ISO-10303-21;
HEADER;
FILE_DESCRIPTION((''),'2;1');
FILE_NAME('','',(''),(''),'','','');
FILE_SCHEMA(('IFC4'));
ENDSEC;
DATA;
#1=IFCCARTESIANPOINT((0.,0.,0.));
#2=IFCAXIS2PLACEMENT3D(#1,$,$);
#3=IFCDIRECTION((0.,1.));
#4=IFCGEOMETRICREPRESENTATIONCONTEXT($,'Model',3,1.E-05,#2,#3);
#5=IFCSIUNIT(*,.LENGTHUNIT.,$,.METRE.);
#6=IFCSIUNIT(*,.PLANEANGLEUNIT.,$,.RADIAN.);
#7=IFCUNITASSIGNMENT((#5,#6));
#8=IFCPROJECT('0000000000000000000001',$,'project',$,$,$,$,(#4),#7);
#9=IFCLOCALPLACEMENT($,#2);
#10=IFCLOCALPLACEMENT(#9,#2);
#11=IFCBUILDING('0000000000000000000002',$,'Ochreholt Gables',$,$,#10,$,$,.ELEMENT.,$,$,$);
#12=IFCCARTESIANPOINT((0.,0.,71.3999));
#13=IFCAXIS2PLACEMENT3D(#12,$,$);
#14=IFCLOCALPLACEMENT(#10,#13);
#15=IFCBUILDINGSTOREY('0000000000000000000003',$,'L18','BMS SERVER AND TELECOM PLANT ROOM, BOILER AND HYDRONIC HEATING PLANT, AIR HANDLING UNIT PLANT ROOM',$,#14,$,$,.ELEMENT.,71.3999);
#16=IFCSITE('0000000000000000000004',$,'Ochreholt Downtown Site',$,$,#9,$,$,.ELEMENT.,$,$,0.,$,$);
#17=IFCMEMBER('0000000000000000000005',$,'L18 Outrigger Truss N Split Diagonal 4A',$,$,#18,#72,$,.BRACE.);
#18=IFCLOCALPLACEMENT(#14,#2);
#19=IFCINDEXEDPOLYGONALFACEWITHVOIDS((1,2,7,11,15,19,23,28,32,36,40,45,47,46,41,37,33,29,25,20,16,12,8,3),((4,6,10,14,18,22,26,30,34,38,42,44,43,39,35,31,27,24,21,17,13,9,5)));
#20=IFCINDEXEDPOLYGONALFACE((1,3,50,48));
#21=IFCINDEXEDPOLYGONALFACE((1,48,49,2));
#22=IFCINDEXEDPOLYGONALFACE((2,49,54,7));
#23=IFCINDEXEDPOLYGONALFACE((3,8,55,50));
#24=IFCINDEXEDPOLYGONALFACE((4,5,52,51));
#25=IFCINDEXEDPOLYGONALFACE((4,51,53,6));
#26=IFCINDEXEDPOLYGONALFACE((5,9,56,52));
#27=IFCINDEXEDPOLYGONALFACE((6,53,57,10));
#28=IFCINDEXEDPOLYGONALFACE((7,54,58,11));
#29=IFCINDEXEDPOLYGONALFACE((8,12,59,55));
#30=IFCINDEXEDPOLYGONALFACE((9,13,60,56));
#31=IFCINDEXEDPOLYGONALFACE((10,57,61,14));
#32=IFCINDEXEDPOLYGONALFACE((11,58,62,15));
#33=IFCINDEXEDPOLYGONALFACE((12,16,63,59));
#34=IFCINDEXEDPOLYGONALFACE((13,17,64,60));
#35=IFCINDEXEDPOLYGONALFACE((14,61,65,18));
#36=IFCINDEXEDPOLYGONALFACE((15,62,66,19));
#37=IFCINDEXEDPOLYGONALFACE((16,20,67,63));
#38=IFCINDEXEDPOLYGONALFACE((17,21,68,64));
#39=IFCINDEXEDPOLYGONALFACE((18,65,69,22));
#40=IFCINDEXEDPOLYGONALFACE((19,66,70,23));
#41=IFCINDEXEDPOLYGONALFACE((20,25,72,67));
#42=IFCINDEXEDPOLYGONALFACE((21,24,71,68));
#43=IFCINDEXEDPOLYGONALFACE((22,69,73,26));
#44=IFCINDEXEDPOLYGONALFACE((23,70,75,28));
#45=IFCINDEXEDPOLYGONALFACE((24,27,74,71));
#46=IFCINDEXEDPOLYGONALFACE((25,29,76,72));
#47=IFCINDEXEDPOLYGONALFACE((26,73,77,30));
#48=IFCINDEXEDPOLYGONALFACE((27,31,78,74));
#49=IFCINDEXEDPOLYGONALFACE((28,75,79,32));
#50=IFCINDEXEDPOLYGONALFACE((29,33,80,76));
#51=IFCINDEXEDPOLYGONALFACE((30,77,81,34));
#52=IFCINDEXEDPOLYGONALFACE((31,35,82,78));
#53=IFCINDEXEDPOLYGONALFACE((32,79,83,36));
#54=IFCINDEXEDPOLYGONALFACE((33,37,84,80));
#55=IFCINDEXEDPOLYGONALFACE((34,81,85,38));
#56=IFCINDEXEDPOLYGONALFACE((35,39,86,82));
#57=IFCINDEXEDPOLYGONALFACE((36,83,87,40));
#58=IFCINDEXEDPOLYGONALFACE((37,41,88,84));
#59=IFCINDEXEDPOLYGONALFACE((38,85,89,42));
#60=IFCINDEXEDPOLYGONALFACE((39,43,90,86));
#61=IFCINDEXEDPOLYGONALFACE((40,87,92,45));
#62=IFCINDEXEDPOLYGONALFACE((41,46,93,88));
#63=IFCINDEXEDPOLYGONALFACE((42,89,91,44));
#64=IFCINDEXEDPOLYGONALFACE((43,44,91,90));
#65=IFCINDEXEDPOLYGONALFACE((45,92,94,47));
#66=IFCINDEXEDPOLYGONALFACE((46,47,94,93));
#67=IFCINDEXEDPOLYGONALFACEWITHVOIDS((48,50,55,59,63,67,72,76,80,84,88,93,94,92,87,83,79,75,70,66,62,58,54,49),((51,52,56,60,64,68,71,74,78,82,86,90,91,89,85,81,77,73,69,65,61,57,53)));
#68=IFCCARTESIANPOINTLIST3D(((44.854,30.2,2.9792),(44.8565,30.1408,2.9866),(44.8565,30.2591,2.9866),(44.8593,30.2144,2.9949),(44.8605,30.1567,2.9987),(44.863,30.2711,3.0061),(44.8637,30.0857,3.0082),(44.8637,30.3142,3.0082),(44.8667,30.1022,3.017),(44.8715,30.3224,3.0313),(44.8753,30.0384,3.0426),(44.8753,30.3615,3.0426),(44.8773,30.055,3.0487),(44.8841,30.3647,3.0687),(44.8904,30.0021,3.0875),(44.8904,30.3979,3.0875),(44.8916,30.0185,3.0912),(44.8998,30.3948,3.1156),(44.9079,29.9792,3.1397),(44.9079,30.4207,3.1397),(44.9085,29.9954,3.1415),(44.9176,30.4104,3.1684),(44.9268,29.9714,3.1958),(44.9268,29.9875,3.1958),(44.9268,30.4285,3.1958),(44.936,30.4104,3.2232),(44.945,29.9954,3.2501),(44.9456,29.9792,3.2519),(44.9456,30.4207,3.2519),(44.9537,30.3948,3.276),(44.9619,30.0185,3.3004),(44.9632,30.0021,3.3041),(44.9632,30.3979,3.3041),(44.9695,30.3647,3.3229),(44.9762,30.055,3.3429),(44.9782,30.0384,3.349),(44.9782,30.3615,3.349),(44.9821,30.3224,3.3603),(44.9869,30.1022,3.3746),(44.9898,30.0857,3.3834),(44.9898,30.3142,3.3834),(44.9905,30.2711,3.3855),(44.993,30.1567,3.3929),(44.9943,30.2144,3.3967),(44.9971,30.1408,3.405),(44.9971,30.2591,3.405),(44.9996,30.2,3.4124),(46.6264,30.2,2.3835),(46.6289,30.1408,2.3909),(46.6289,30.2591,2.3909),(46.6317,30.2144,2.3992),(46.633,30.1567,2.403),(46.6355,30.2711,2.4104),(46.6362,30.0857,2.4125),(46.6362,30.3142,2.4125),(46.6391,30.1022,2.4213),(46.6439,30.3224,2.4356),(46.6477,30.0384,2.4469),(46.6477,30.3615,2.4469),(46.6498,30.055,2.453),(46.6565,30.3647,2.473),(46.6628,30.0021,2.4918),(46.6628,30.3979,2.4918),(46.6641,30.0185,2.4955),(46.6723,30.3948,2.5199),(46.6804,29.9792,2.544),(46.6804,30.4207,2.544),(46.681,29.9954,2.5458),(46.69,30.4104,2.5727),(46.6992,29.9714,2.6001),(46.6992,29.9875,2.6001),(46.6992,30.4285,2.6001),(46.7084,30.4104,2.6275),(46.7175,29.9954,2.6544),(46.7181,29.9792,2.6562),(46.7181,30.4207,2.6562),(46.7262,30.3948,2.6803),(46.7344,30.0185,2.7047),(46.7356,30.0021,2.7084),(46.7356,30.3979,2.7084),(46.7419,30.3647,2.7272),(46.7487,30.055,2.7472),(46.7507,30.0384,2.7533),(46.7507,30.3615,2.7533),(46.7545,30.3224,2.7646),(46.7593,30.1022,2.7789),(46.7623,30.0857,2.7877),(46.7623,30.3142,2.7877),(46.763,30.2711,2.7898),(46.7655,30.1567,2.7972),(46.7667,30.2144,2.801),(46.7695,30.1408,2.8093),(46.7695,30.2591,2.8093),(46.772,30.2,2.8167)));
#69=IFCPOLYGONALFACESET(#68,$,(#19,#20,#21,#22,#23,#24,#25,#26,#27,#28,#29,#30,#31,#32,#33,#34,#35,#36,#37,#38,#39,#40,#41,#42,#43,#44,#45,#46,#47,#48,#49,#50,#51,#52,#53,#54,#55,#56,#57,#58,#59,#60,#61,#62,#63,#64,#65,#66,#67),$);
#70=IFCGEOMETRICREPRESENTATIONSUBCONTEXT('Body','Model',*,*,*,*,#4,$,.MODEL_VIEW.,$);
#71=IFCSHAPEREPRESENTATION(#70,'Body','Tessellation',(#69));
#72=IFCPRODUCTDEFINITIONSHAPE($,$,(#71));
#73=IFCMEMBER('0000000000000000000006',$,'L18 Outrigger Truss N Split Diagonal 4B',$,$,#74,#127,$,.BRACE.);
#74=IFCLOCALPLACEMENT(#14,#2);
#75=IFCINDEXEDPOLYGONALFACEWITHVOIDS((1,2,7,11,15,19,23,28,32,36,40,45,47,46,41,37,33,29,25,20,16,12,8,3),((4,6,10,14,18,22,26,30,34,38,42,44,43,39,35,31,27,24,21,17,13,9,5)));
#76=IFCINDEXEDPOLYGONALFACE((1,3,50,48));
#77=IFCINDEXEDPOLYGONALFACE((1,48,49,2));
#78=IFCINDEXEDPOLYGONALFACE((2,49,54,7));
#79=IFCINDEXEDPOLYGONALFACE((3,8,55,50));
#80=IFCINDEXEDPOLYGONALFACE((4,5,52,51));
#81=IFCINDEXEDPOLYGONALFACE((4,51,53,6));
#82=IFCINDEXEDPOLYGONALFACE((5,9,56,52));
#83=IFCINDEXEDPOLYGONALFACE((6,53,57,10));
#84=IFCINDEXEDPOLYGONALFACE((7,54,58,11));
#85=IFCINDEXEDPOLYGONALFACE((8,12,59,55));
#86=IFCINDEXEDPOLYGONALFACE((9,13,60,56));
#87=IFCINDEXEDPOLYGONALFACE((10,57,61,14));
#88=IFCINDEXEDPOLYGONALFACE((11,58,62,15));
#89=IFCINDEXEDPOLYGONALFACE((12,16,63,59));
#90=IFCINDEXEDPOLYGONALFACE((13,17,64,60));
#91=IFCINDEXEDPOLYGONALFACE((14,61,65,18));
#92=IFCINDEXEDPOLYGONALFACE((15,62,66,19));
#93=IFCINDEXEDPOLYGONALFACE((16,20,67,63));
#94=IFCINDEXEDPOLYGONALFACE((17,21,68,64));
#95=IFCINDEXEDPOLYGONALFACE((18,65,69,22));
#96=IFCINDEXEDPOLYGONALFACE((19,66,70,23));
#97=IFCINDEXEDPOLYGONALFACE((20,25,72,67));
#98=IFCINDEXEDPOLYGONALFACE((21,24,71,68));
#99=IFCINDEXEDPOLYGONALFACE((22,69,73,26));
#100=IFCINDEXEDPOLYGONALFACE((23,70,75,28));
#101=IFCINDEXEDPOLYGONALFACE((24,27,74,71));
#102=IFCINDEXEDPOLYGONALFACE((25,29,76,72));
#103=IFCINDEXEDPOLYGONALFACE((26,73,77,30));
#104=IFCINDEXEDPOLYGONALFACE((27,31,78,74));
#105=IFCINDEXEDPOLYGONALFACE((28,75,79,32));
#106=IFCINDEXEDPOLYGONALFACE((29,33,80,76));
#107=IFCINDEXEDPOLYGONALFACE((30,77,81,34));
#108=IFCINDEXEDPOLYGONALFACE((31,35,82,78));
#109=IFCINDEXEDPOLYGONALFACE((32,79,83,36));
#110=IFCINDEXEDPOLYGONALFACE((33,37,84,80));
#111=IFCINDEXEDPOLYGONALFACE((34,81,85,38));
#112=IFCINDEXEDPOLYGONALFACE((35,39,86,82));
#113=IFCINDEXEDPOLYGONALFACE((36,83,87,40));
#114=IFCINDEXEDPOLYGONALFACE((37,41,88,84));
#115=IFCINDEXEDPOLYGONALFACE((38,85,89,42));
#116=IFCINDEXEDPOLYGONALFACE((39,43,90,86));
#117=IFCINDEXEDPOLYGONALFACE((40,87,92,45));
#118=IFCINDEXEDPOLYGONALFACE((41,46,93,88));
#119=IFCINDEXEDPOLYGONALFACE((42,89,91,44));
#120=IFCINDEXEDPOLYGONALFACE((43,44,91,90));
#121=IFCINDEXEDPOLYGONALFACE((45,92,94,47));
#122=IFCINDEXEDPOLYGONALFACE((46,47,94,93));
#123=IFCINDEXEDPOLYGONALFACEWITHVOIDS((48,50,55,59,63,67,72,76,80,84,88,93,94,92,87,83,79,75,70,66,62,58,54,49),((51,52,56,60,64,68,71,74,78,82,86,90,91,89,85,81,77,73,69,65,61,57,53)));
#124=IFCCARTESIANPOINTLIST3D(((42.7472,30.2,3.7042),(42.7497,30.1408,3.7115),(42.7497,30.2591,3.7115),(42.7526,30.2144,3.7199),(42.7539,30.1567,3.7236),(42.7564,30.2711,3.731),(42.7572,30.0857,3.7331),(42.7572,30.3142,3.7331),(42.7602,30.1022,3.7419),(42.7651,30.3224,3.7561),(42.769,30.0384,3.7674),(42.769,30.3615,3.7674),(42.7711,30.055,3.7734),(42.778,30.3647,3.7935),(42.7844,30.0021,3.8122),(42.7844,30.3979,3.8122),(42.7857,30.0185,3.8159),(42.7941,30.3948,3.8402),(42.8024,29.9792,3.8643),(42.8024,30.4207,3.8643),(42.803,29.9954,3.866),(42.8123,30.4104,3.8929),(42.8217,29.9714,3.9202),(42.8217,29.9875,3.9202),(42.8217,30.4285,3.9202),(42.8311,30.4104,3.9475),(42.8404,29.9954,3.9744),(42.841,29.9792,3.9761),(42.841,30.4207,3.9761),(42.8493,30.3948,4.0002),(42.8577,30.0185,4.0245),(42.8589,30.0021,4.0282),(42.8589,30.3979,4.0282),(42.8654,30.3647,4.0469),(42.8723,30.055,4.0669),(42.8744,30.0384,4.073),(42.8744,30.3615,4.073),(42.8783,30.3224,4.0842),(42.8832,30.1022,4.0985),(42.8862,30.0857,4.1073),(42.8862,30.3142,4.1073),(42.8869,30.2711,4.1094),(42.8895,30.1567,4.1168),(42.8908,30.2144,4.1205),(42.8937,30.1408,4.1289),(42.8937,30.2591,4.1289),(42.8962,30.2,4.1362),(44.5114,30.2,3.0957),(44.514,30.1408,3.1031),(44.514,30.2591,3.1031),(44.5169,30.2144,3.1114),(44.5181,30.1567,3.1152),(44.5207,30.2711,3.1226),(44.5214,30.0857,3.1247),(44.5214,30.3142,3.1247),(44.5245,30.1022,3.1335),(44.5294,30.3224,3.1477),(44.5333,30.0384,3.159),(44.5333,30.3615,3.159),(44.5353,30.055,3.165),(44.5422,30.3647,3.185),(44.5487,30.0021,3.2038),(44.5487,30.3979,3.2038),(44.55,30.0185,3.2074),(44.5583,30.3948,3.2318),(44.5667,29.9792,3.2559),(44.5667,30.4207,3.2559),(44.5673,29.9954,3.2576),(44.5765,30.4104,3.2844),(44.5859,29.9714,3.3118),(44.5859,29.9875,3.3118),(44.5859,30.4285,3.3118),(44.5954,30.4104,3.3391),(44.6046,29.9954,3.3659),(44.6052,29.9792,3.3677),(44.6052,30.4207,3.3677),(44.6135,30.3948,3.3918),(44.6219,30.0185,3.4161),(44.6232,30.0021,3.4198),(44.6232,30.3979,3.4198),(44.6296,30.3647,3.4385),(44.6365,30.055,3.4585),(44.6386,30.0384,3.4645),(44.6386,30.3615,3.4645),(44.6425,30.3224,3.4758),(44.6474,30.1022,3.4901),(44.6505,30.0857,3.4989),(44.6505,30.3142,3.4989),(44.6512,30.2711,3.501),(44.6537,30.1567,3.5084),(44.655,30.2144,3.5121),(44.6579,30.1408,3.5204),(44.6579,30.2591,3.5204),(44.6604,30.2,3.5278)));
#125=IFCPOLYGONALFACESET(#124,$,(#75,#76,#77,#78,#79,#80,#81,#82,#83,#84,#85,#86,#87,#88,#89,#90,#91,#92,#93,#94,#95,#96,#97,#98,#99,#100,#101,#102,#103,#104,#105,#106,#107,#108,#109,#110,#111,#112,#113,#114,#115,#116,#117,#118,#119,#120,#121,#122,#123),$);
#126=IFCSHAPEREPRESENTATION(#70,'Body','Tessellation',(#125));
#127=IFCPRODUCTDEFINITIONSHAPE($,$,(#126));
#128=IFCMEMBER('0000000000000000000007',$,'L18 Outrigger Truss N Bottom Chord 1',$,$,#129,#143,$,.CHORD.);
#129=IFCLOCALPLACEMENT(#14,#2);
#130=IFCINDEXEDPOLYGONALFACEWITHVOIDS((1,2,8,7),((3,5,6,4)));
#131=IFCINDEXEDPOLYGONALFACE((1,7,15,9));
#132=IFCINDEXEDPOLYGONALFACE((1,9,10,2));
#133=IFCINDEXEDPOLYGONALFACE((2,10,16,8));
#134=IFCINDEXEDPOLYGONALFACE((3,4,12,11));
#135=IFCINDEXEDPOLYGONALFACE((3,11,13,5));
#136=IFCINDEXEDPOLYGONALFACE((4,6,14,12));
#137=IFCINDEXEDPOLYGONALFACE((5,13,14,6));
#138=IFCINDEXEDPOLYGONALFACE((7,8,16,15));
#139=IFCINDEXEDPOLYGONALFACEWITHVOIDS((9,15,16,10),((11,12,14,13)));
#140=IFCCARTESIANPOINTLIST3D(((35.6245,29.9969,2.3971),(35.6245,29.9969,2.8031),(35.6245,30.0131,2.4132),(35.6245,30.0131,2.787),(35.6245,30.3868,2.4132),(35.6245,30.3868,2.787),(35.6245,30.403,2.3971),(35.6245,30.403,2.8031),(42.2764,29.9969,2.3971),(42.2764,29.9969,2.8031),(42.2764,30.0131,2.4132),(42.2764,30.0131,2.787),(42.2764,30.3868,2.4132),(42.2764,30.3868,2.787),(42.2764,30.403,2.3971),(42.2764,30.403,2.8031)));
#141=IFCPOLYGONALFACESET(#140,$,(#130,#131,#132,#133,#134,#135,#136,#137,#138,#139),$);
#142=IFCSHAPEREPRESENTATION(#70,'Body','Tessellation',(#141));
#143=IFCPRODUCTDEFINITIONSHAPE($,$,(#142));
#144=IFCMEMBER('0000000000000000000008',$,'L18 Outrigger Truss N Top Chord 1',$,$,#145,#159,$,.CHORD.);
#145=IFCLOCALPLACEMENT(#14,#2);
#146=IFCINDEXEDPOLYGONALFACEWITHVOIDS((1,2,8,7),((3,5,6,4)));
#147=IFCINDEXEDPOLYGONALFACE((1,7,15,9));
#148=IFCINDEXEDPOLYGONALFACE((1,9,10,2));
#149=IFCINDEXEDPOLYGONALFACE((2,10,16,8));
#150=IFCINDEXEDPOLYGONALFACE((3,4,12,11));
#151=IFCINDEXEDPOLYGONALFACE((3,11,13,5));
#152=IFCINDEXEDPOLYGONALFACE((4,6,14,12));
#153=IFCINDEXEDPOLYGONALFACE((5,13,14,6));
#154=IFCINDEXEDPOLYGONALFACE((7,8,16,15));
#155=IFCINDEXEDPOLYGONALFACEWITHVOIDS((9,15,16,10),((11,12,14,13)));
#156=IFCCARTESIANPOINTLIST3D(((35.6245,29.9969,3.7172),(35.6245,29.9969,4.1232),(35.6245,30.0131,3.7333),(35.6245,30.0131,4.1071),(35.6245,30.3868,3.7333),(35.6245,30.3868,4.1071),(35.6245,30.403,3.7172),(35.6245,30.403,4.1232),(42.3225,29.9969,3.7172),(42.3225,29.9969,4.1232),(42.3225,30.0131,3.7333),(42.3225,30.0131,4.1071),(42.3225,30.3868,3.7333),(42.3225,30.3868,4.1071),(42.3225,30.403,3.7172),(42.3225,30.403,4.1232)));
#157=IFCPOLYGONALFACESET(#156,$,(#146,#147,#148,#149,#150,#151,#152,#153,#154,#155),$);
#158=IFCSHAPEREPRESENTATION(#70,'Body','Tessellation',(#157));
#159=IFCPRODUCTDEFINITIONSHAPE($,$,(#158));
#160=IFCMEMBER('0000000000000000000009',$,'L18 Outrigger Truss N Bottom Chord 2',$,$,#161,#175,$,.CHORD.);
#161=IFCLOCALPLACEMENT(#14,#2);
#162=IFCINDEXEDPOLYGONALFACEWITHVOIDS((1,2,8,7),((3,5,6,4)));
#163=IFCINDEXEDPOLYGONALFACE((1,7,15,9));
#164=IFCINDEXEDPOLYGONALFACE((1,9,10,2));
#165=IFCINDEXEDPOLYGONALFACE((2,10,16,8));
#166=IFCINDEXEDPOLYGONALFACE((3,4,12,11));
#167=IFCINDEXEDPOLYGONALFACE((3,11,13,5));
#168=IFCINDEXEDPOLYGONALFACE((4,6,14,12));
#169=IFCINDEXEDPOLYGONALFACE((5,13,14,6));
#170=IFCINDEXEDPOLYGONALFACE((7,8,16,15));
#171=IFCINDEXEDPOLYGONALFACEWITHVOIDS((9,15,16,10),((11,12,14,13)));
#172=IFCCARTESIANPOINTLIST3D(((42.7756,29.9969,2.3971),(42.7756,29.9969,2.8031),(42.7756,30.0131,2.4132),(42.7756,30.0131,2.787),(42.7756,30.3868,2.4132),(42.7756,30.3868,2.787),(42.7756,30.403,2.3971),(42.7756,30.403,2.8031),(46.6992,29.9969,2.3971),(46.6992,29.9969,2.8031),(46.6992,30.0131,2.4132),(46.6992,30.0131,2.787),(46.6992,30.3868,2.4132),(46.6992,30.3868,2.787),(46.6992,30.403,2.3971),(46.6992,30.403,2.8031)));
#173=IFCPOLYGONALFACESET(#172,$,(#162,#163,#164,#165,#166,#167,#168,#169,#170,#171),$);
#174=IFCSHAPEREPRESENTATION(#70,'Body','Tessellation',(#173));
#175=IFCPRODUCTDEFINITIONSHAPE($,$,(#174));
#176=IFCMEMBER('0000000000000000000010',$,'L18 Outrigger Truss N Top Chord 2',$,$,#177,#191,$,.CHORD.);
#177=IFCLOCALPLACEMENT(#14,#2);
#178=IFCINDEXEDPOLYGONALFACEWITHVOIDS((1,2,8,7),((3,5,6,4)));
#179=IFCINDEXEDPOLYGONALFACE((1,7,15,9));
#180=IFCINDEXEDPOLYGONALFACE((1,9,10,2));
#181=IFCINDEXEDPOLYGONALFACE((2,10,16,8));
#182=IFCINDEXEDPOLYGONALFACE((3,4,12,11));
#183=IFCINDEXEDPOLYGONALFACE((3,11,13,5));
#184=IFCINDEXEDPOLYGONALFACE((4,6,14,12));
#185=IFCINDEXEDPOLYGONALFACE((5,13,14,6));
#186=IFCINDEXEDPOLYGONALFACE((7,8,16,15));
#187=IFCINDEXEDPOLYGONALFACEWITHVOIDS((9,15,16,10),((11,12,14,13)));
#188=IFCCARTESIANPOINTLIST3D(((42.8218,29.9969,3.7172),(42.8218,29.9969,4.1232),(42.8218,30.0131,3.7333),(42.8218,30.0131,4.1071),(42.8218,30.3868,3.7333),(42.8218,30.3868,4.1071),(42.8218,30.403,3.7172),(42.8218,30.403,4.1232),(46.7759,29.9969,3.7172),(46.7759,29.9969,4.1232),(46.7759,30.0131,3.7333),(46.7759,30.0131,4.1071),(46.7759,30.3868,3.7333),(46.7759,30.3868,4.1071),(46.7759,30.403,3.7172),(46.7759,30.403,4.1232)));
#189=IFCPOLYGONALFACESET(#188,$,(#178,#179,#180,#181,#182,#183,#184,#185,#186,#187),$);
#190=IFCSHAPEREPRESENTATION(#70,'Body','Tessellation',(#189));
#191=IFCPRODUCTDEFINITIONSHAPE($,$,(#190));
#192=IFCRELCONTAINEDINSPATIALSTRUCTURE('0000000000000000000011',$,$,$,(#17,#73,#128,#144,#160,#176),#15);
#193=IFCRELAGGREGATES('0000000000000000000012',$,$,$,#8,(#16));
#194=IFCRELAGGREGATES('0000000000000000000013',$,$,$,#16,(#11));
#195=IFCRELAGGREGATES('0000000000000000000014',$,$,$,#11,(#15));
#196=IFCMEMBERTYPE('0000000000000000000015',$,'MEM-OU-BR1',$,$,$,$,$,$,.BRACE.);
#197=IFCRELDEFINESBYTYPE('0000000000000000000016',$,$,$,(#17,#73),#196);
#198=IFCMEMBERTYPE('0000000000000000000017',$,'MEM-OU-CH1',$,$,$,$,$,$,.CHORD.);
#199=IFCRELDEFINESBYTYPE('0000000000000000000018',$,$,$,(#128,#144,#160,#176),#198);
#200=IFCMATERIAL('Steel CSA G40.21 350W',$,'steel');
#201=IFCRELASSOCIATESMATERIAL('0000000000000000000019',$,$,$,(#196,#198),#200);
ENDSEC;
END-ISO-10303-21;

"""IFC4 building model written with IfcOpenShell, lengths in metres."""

from ifc_helpers import new_model, si_unit, direction, frame, origin, origin_2d, place, context, subcontext, project, spatial, hollow_rectangle, hollow_circle, extrude, material, material_profile, profile_set, type_object, element, save


model = new_model("IFC4")

# Units and contexts
model_context = context("Model", 3, precision=1e-05, world=origin(), true_north=direction((0.0, 1.0)))
body_context = subcontext(model_context, "Body", "Model", "MODEL_VIEW")
ifc_project = project(units=[si_unit("LENGTHUNIT", "METRE"), si_unit("PLANEANGLEUNIT", "RADIAN")], contexts=[model_context])

# Site, building, storey
site_placement = place(None, origin())
site = spatial("IfcSite", under=ifc_project, at=site_placement, Name="Ochreholt Downtown Site", CompositionType="ELEMENT", RefElevation=0.0)
building_placement = place(site_placement, origin())
building = spatial("IfcBuilding", under=site, at=building_placement, Name="Ochreholt Gables", CompositionType="ELEMENT")
storey_placement = place(building_placement, frame((0.0, 0.0, 71.3999)))
storey = spatial("IfcBuildingStorey", under=building, at=storey_placement, Name="L18", Description="BMS SERVER AND TELECOM PLANT ROOM, BOILER AND HYDRONIC HEATING PLANT, AIR HANDLING UNIT PLANT ROOM", CompositionType="ELEMENT", Elevation=71.3999)

# Shared definitions
ifc_material_1 = material(Name="Steel CSA G40.21 350W", Category="steel")

# Members
ifc_material_profile_1 = material_profile(ifc_material_1, hollow_circle(Radius=0.2285, WallThickness=0.0161, at=origin_2d()), Name="CHS457X16")
ifc_profile_set_1 = profile_set([ifc_material_profile_1], Name="Steel CSA G40.21 350W")
member_type_1 = type_object("IfcMemberType", Name="MEM-OU-BR1", PredefinedType="BRACE", material=ifc_profile_set_1)
member_1_placement = place(storey_placement, frame((46.6992, 30.2, 2.6001), z_axis=(-0.947897, 0.0, 0.318577), x_axis=(0.0, -1.0, 0.0)))
element("IfcMember", 1, at=member_1_placement, inside=storey, type_object=member_type_1, Name="L18 Outrigger Truss N Split Diagonal 4A", PredefinedType="BRACE", context=body_context, shape_type="SweptSolid", body=[
    extrude(hollow_circle(Radius=0.2285, WallThickness=0.0161, at=origin_2d()), origin(), (0.0, 0.0, 1.0), 1.8699),
])
member_2_placement = place(storey_placement, frame((44.5859, 30.2, 3.3118), z_axis=(-0.945362, 0.0, 0.326023), x_axis=(0.0, -1.0, 0.0)))
element("IfcMember", 2, at=member_2_placement, inside=storey, type_object=member_type_1, Name="L18 Outrigger Truss N Split Diagonal 4B", PredefinedType="BRACE", context=body_context, shape_type="SweptSolid", body=[
    extrude(hollow_circle(Radius=0.2285, WallThickness=0.0161, at=origin_2d()), origin(), (0.0, 0.0, 1.0), 1.8662),
])
ifc_material_profile_2 = material_profile(ifc_material_1, hollow_rectangle(XDim=0.406, YDim=0.406, WallThickness=0.0161, at=origin_2d()), Name="HSS406X406X16")
ifc_profile_set_2 = profile_set([ifc_material_profile_2], Name="Steel CSA G40.21 350W")
member_type_2 = type_object("IfcMemberType", Name="MEM-OU-CH1", PredefinedType="CHORD", material=ifc_profile_set_2)
member_3_placement = place(storey_placement, frame((35.6245, 30.2, 2.6001), z_axis=(1.0, 0.0, 0.0), x_axis=(0.0, 1.0, 0.0)))
element("IfcMember", 3, at=member_3_placement, inside=storey, type_object=member_type_2, Name="L18 Outrigger Truss N Bottom Chord 1", PredefinedType="CHORD", context=body_context, shape_type="SweptSolid", body=[
    extrude(hollow_rectangle(XDim=0.406, YDim=0.406, WallThickness=0.0161, at=origin_2d()), origin(), (0.0, 0.0, 1.0), 6.6519),
])
member_4_placement = place(storey_placement, frame((35.6245, 30.2, 3.9202), z_axis=(1.0, 0.0, 0.0), x_axis=(0.0, 1.0, 0.0)))
element("IfcMember", 4, at=member_4_placement, inside=storey, type_object=member_type_2, Name="L18 Outrigger Truss N Top Chord 1", PredefinedType="CHORD", context=body_context, shape_type="SweptSolid", body=[
    extrude(hollow_rectangle(XDim=0.406, YDim=0.406, WallThickness=0.0161, at=origin_2d()), origin(), (0.0, 0.0, 1.0), 6.698),
])
member_5_placement = place(storey_placement, frame((42.7756, 30.2, 2.6001), z_axis=(1.0, 0.0, 0.0), x_axis=(0.0, 1.0, 0.0)))
element("IfcMember", 5, at=member_5_placement, inside=storey, type_object=member_type_2, Name="L18 Outrigger Truss N Bottom Chord 2", PredefinedType="CHORD", context=body_context, shape_type="SweptSolid", body=[
    extrude(hollow_rectangle(XDim=0.406, YDim=0.406, WallThickness=0.0161, at=origin_2d()), origin(), (0.0, 0.0, 1.0), 3.9236),
])
member_6_placement = place(storey_placement, frame((42.8218, 30.2, 3.9202), z_axis=(1.0, 0.0, 0.0), x_axis=(0.0, 1.0, 0.0)))
element("IfcMember", 6, at=member_6_placement, inside=storey, type_object=member_type_2, Name="L18 Outrigger Truss N Top Chord 2", PredefinedType="CHORD", context=body_context, shape_type="SweptSolid", body=[
    extrude(hollow_rectangle(XDim=0.406, YDim=0.406, WallThickness=0.0161, at=origin_2d()), origin(), (0.0, 0.0, 1.0), 3.9541),
])

save(model, "model.ifc")
